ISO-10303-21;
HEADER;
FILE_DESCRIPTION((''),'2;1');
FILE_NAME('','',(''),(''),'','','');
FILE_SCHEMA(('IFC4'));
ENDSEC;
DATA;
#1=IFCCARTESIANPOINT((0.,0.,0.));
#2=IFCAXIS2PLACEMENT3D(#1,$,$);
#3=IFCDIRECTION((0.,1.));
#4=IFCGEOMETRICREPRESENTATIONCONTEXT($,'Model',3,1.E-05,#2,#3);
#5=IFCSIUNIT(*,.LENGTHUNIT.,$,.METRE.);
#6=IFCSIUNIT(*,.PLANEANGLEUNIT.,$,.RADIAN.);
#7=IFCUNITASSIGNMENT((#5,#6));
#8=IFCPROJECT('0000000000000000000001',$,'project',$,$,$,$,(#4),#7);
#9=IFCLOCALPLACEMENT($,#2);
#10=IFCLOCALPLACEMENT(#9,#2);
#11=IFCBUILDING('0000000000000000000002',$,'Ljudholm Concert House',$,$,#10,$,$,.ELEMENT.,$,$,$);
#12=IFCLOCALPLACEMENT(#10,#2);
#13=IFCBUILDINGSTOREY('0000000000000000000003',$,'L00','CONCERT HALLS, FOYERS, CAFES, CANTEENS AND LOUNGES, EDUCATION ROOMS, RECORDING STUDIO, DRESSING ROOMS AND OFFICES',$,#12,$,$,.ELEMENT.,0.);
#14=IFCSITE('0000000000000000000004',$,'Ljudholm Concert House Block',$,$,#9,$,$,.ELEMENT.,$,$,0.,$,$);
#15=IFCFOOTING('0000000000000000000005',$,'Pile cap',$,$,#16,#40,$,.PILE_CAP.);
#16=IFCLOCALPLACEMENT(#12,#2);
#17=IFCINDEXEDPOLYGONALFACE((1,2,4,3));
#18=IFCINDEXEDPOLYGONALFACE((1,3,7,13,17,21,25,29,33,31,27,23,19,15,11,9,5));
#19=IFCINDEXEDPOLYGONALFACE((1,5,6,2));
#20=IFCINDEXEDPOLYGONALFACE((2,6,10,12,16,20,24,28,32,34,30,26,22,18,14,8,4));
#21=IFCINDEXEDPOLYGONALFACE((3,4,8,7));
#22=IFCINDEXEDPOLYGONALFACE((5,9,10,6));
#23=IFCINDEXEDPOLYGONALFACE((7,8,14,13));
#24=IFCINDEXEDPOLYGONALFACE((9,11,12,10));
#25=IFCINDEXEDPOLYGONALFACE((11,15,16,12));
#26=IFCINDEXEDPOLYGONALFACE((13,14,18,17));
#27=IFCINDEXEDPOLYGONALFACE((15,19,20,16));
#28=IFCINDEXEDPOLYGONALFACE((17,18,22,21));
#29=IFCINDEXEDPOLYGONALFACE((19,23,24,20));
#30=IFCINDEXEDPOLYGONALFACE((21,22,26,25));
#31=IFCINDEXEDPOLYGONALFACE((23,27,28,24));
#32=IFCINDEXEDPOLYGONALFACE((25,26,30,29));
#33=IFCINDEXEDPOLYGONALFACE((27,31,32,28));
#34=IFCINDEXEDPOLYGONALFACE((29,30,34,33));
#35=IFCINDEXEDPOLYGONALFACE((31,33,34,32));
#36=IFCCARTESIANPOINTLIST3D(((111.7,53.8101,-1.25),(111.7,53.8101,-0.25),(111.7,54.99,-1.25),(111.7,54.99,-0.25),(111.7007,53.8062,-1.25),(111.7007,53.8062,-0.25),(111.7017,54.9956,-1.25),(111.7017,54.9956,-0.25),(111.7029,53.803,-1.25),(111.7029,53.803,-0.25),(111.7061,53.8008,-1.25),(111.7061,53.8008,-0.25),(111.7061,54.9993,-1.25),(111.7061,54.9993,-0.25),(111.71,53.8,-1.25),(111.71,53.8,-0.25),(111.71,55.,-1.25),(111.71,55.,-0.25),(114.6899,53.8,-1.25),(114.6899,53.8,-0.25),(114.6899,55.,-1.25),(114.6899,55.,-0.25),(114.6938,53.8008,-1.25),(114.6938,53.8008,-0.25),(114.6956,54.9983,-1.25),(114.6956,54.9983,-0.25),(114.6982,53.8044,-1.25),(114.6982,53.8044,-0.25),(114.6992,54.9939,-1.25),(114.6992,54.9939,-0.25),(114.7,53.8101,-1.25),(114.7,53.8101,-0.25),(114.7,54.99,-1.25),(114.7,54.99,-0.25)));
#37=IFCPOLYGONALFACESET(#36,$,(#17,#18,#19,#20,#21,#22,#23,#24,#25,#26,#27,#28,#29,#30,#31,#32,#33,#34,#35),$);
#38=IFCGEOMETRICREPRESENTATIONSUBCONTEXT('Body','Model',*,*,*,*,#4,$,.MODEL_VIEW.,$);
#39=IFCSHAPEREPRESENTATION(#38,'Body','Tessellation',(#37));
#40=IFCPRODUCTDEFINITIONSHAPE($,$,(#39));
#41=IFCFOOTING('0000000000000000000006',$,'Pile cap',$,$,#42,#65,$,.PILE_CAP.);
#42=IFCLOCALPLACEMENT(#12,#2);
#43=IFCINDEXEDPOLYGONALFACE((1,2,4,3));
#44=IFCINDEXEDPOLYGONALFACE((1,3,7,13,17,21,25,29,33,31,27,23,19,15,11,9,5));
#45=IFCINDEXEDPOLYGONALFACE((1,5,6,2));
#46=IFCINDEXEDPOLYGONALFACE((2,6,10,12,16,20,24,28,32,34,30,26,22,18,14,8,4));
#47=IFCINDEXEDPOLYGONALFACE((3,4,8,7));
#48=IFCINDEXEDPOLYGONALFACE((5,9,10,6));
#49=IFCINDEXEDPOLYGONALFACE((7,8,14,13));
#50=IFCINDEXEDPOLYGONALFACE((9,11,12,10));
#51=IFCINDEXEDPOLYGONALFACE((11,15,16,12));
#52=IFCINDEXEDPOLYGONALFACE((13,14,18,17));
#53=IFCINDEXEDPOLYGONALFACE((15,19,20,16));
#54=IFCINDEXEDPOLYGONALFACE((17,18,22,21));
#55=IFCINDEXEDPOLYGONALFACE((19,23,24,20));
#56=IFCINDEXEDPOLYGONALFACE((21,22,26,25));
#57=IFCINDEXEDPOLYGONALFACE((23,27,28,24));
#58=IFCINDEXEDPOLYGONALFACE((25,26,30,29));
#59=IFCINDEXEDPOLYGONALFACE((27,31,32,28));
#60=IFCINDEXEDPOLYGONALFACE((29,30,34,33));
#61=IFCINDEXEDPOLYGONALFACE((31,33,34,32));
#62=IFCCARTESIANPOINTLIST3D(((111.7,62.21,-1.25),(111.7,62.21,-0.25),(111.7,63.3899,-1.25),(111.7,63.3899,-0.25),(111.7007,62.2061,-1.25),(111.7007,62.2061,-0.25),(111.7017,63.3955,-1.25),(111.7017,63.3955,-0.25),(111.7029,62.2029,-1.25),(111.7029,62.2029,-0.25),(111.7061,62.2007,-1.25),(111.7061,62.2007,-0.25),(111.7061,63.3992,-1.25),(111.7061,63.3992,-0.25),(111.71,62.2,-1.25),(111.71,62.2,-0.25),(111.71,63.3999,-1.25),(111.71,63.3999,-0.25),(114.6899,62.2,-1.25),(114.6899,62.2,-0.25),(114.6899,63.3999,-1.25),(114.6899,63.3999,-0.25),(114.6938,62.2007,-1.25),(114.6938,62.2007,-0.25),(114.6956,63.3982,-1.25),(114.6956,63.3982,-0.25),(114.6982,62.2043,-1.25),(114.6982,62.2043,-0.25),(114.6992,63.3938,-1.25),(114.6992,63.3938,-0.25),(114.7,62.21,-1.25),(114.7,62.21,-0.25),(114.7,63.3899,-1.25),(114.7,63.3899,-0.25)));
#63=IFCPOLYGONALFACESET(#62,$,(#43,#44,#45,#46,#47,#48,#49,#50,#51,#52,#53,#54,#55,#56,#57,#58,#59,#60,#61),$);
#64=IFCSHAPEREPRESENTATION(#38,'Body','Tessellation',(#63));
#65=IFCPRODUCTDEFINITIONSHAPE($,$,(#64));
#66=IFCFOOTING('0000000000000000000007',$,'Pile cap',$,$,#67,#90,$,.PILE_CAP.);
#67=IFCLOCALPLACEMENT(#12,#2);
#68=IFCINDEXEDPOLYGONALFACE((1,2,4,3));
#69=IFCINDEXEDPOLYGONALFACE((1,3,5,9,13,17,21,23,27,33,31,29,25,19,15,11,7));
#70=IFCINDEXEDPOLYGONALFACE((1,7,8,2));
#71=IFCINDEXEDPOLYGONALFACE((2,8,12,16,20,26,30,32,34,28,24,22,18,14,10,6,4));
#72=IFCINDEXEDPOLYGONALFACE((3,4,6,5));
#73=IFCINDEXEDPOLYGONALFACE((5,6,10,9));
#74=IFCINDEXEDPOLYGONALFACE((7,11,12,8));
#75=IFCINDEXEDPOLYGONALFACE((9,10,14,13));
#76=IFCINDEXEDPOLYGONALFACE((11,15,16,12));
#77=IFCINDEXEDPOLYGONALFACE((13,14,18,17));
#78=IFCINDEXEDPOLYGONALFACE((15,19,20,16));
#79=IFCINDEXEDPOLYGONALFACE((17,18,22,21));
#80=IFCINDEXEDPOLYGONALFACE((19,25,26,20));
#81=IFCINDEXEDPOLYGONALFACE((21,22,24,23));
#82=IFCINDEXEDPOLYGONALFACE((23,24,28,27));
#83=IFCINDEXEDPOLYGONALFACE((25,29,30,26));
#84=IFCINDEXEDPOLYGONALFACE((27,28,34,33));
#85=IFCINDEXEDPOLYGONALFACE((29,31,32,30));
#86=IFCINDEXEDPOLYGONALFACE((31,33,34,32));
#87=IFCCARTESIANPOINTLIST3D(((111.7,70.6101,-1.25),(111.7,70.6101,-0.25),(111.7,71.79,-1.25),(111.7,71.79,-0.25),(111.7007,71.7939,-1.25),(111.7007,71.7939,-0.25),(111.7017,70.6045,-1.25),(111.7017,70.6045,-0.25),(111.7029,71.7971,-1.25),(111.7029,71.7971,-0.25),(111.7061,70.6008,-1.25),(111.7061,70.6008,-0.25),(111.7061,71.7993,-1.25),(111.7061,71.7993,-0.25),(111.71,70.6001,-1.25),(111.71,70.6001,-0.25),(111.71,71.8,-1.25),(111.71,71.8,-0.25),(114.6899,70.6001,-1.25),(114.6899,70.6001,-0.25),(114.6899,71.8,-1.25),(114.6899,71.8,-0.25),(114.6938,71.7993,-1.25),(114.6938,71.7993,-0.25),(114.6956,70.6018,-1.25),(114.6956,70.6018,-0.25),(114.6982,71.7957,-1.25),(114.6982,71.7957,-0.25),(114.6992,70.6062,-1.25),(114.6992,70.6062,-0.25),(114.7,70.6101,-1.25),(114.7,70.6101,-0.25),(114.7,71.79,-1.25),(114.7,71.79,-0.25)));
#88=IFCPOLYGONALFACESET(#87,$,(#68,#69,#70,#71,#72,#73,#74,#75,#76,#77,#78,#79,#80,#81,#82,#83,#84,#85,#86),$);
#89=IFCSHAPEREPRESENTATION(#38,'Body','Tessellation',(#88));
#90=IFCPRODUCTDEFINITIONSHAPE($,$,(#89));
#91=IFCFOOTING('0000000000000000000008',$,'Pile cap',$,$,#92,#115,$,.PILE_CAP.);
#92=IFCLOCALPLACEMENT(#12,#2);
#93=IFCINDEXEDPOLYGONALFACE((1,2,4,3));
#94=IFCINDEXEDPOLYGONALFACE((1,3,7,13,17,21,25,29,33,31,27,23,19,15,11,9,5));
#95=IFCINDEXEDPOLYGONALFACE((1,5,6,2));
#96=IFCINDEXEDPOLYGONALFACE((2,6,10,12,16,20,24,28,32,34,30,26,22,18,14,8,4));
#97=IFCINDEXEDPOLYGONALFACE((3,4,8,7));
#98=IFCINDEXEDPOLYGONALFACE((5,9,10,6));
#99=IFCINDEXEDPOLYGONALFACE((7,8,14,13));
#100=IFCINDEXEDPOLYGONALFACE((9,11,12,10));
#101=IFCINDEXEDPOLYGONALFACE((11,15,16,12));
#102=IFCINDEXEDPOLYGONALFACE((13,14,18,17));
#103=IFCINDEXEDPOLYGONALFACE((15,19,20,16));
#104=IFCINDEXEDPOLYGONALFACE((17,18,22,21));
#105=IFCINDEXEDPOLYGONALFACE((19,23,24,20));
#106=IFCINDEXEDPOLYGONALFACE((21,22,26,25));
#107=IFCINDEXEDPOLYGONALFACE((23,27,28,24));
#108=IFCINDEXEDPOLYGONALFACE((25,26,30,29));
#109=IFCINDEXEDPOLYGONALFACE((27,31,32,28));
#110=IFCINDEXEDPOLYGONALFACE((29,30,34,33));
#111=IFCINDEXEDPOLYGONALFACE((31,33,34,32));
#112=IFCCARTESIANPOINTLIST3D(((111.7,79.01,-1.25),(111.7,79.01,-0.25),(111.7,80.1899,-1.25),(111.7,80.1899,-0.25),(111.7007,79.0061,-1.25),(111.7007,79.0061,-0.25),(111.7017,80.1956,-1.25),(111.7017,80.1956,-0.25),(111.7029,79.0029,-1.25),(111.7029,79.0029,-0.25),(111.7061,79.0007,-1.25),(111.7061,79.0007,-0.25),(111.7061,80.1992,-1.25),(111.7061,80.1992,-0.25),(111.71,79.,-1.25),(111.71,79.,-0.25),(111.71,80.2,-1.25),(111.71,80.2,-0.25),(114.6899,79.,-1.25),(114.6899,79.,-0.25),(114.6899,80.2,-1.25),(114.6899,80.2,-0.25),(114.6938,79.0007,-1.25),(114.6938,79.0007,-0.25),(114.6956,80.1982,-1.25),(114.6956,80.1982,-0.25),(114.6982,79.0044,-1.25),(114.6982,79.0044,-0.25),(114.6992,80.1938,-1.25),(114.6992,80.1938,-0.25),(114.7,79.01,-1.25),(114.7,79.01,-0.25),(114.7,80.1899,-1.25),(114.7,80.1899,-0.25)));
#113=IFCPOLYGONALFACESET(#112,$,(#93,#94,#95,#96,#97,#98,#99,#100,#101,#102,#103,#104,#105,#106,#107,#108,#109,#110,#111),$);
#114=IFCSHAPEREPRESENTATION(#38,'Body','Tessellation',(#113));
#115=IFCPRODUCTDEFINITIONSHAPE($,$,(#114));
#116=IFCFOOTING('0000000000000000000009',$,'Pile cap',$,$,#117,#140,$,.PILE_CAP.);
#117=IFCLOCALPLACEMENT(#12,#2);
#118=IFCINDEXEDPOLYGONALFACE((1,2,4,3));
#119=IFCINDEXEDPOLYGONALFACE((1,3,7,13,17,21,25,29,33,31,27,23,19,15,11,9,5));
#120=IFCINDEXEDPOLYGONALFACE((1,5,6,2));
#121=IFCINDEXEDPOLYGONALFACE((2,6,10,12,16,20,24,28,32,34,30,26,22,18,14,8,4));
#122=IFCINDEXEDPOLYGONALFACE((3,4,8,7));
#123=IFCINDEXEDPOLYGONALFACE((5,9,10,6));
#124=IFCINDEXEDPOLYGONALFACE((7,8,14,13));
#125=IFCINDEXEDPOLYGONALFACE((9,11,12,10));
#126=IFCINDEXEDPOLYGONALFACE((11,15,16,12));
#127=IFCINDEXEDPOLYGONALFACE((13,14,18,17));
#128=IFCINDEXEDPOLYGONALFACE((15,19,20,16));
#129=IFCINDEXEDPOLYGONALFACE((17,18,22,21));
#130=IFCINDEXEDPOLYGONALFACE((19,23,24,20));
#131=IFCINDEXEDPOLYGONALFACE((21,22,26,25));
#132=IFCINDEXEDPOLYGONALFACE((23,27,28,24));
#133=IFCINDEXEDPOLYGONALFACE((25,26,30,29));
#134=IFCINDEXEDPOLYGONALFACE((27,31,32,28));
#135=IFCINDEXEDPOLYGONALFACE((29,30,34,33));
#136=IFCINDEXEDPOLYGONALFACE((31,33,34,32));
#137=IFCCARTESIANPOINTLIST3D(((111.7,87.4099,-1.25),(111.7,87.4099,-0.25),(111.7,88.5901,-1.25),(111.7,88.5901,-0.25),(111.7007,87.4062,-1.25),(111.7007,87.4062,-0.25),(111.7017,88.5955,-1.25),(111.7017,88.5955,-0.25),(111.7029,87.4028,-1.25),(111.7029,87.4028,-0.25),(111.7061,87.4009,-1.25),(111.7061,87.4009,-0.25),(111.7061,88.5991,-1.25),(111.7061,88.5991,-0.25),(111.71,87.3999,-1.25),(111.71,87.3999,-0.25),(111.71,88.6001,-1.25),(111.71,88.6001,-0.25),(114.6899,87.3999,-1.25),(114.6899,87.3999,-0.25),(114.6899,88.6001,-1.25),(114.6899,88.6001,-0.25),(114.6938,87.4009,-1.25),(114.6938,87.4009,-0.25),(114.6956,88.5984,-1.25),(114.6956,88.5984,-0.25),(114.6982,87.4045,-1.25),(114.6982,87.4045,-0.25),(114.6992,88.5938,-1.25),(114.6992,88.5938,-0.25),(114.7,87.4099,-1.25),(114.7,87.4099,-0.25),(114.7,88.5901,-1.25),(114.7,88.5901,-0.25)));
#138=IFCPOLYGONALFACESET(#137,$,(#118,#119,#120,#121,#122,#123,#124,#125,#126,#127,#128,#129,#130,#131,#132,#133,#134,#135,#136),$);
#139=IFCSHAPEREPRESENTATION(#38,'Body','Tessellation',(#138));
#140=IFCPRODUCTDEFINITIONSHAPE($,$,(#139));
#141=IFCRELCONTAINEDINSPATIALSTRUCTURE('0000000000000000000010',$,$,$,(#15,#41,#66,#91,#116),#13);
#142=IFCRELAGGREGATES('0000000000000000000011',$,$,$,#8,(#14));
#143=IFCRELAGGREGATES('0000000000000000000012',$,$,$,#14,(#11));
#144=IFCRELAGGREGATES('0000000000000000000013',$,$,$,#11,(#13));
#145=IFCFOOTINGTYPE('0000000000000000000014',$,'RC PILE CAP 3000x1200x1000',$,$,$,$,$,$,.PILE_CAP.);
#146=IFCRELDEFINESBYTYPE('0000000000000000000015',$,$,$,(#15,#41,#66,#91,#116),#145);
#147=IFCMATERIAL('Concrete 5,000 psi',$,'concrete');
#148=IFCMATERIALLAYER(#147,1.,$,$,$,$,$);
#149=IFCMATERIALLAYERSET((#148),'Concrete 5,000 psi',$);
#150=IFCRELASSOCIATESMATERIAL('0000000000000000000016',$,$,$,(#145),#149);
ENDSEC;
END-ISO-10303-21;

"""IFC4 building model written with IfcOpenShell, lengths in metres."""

from ifc_helpers import new_model, si_unit, direction, frame, origin, place, context, subcontext, project, spatial, polyline, outline, extrude, material, layer, layer_set, type_object, element, save


model = new_model("IFC4")

# Units and contexts
model_context = context("Model", 3, precision=1e-05, world=origin(), true_north=direction((0.0, 1.0)))
body_context = subcontext(model_context, "Body", "Model", "MODEL_VIEW")
ifc_project = project(units=[si_unit("LENGTHUNIT", "METRE"), si_unit("PLANEANGLEUNIT", "RADIAN")], contexts=[model_context])

# Site, building, storey
site_placement = place(None, origin())
site = spatial("IfcSite", under=ifc_project, at=site_placement, Name="Ljudholm Concert House Block", CompositionType="ELEMENT", RefElevation=0.0)
building_placement = place(site_placement, origin())
building = spatial("IfcBuilding", under=site, at=building_placement, Name="Ljudholm Concert House", CompositionType="ELEMENT")
storey_placement = place(building_placement, origin())
storey = spatial("IfcBuildingStorey", under=building, at=storey_placement, Name="L00", Description="CONCERT HALLS, FOYERS, CAFES, CANTEENS AND LOUNGES, EDUCATION ROOMS, RECORDING STUDIO, DRESSING ROOMS AND OFFICES", CompositionType="ELEMENT", Elevation=0.0)

# Footings
ifc_material_1 = material(Name="Concrete 5,000 psi", Category="concrete")
ifc_layer_1 = layer(ifc_material_1, 1.0)
ifc_layer_set_1 = layer_set([ifc_layer_1], Name="Concrete 5,000 psi")
footing_type_1 = type_object("IfcFootingType", Name="RC PILE CAP 3000x1200x1000", PredefinedType="PILE_CAP", material=ifc_layer_set_1)
footing_1_placement = place(storey_placement, frame((0.0, 0.0, -1.25)))
element("IfcFooting", 1, at=footing_1_placement, inside=storey, type_object=footing_type_1, Name="Pile cap", PredefinedType="PILE_CAP", context=body_context, shape_type="SweptSolid", body=[
    extrude(outline(polyline([(111.71, 53.8), (114.6899, 53.8), (114.6938, 53.8008), (114.6982, 53.8044), (114.7, 53.8101), (114.7, 54.99), (114.6992, 54.9939), (114.6956, 54.9983), (114.6899, 55.0), (111.71, 55.0), (111.7061, 54.9993), (111.7017, 54.9956), (111.7, 54.99), (111.7, 53.8101), (111.7007, 53.8062), (111.7029, 53.803), (111.7061, 53.8008), (111.71, 53.8)])), origin(), (0.0, 0.0, 1.0), 1.0),
])
footing_2_placement = place(storey_placement, frame((0.0, 0.0, -1.25)))
element("IfcFooting", 2, at=footing_2_placement, inside=storey, type_object=footing_type_1, Name="Pile cap", PredefinedType="PILE_CAP", context=body_context, shape_type="SweptSolid", body=[
    extrude(outline(polyline([(111.71, 62.2), (114.6899, 62.2), (114.6938, 62.2007), (114.6982, 62.2043), (114.7, 62.21), (114.7, 63.3899), (114.6992, 63.3938), (114.6956, 63.3982), (114.6899, 63.3999), (111.71, 63.3999), (111.7061, 63.3992), (111.7017, 63.3955), (111.7, 63.3899), (111.7, 62.21), (111.7007, 62.2061), (111.7029, 62.2029), (111.7061, 62.2007), (111.71, 62.2)])), origin(), (0.0, 0.0, 1.0), 1.0),
])
footing_3_placement = place(storey_placement, frame((0.0, 0.0, -1.25)))
element("IfcFooting", 3, at=footing_3_placement, inside=storey, type_object=footing_type_1, Name="Pile cap", PredefinedType="PILE_CAP", context=body_context, shape_type="SweptSolid", body=[
    extrude(outline(polyline([(111.7, 71.79), (111.7, 70.6101), (111.7017, 70.6045), (111.7061, 70.6008), (111.71, 70.6001), (114.6899, 70.6001), (114.6956, 70.6018), (114.6992, 70.6062), (114.7, 70.6101), (114.7, 71.79), (114.6982, 71.7957), (114.6938, 71.7993), (114.6899, 71.8), (111.71, 71.8), (111.7061, 71.7993), (111.7029, 71.7971), (111.7007, 71.7939), (111.7, 71.79)])), origin(), (0.0, 0.0, 1.0), 1.0),
])
footing_4_placement = place(storey_placement, frame((0.0, 0.0, -1.25)))
element("IfcFooting", 4, at=footing_4_placement, inside=storey, type_object=footing_type_1, Name="Pile cap", PredefinedType="PILE_CAP", context=body_context, shape_type="SweptSolid", body=[
    extrude(outline(polyline([(111.71, 79.0), (114.6899, 79.0), (114.6938, 79.0007), (114.6982, 79.0044), (114.7, 79.01), (114.7, 80.1899), (114.6992, 80.1938), (114.6956, 80.1982), (114.6899, 80.2), (111.71, 80.2), (111.7061, 80.1992), (111.7017, 80.1956), (111.7, 80.1899), (111.7, 79.01), (111.7007, 79.0061), (111.7029, 79.0029), (111.7061, 79.0007), (111.71, 79.0)])), origin(), (0.0, 0.0, 1.0), 1.0),
])
footing_5_placement = place(storey_placement, frame((0.0, 0.0, -1.25)))
element("IfcFooting", 5, at=footing_5_placement, inside=storey, type_object=footing_type_1, Name="Pile cap", PredefinedType="PILE_CAP", context=body_context, shape_type="SweptSolid", body=[
    extrude(outline(polyline([(111.71, 87.3999), (114.6899, 87.3999), (114.6938, 87.4009), (114.6982, 87.4045), (114.7, 87.4099), (114.7, 88.5901), (114.6992, 88.5938), (114.6956, 88.5984), (114.6899, 88.6001), (111.71, 88.6001), (111.7061, 88.5991), (111.7017, 88.5955), (111.7, 88.5901), (111.7, 87.4099), (111.7007, 87.4062), (111.7029, 87.4028), (111.7061, 87.4009), (111.71, 87.3999)])), origin(), (0.0, 0.0, 1.0), 1.0),
])

save(model, "model.ifc")
